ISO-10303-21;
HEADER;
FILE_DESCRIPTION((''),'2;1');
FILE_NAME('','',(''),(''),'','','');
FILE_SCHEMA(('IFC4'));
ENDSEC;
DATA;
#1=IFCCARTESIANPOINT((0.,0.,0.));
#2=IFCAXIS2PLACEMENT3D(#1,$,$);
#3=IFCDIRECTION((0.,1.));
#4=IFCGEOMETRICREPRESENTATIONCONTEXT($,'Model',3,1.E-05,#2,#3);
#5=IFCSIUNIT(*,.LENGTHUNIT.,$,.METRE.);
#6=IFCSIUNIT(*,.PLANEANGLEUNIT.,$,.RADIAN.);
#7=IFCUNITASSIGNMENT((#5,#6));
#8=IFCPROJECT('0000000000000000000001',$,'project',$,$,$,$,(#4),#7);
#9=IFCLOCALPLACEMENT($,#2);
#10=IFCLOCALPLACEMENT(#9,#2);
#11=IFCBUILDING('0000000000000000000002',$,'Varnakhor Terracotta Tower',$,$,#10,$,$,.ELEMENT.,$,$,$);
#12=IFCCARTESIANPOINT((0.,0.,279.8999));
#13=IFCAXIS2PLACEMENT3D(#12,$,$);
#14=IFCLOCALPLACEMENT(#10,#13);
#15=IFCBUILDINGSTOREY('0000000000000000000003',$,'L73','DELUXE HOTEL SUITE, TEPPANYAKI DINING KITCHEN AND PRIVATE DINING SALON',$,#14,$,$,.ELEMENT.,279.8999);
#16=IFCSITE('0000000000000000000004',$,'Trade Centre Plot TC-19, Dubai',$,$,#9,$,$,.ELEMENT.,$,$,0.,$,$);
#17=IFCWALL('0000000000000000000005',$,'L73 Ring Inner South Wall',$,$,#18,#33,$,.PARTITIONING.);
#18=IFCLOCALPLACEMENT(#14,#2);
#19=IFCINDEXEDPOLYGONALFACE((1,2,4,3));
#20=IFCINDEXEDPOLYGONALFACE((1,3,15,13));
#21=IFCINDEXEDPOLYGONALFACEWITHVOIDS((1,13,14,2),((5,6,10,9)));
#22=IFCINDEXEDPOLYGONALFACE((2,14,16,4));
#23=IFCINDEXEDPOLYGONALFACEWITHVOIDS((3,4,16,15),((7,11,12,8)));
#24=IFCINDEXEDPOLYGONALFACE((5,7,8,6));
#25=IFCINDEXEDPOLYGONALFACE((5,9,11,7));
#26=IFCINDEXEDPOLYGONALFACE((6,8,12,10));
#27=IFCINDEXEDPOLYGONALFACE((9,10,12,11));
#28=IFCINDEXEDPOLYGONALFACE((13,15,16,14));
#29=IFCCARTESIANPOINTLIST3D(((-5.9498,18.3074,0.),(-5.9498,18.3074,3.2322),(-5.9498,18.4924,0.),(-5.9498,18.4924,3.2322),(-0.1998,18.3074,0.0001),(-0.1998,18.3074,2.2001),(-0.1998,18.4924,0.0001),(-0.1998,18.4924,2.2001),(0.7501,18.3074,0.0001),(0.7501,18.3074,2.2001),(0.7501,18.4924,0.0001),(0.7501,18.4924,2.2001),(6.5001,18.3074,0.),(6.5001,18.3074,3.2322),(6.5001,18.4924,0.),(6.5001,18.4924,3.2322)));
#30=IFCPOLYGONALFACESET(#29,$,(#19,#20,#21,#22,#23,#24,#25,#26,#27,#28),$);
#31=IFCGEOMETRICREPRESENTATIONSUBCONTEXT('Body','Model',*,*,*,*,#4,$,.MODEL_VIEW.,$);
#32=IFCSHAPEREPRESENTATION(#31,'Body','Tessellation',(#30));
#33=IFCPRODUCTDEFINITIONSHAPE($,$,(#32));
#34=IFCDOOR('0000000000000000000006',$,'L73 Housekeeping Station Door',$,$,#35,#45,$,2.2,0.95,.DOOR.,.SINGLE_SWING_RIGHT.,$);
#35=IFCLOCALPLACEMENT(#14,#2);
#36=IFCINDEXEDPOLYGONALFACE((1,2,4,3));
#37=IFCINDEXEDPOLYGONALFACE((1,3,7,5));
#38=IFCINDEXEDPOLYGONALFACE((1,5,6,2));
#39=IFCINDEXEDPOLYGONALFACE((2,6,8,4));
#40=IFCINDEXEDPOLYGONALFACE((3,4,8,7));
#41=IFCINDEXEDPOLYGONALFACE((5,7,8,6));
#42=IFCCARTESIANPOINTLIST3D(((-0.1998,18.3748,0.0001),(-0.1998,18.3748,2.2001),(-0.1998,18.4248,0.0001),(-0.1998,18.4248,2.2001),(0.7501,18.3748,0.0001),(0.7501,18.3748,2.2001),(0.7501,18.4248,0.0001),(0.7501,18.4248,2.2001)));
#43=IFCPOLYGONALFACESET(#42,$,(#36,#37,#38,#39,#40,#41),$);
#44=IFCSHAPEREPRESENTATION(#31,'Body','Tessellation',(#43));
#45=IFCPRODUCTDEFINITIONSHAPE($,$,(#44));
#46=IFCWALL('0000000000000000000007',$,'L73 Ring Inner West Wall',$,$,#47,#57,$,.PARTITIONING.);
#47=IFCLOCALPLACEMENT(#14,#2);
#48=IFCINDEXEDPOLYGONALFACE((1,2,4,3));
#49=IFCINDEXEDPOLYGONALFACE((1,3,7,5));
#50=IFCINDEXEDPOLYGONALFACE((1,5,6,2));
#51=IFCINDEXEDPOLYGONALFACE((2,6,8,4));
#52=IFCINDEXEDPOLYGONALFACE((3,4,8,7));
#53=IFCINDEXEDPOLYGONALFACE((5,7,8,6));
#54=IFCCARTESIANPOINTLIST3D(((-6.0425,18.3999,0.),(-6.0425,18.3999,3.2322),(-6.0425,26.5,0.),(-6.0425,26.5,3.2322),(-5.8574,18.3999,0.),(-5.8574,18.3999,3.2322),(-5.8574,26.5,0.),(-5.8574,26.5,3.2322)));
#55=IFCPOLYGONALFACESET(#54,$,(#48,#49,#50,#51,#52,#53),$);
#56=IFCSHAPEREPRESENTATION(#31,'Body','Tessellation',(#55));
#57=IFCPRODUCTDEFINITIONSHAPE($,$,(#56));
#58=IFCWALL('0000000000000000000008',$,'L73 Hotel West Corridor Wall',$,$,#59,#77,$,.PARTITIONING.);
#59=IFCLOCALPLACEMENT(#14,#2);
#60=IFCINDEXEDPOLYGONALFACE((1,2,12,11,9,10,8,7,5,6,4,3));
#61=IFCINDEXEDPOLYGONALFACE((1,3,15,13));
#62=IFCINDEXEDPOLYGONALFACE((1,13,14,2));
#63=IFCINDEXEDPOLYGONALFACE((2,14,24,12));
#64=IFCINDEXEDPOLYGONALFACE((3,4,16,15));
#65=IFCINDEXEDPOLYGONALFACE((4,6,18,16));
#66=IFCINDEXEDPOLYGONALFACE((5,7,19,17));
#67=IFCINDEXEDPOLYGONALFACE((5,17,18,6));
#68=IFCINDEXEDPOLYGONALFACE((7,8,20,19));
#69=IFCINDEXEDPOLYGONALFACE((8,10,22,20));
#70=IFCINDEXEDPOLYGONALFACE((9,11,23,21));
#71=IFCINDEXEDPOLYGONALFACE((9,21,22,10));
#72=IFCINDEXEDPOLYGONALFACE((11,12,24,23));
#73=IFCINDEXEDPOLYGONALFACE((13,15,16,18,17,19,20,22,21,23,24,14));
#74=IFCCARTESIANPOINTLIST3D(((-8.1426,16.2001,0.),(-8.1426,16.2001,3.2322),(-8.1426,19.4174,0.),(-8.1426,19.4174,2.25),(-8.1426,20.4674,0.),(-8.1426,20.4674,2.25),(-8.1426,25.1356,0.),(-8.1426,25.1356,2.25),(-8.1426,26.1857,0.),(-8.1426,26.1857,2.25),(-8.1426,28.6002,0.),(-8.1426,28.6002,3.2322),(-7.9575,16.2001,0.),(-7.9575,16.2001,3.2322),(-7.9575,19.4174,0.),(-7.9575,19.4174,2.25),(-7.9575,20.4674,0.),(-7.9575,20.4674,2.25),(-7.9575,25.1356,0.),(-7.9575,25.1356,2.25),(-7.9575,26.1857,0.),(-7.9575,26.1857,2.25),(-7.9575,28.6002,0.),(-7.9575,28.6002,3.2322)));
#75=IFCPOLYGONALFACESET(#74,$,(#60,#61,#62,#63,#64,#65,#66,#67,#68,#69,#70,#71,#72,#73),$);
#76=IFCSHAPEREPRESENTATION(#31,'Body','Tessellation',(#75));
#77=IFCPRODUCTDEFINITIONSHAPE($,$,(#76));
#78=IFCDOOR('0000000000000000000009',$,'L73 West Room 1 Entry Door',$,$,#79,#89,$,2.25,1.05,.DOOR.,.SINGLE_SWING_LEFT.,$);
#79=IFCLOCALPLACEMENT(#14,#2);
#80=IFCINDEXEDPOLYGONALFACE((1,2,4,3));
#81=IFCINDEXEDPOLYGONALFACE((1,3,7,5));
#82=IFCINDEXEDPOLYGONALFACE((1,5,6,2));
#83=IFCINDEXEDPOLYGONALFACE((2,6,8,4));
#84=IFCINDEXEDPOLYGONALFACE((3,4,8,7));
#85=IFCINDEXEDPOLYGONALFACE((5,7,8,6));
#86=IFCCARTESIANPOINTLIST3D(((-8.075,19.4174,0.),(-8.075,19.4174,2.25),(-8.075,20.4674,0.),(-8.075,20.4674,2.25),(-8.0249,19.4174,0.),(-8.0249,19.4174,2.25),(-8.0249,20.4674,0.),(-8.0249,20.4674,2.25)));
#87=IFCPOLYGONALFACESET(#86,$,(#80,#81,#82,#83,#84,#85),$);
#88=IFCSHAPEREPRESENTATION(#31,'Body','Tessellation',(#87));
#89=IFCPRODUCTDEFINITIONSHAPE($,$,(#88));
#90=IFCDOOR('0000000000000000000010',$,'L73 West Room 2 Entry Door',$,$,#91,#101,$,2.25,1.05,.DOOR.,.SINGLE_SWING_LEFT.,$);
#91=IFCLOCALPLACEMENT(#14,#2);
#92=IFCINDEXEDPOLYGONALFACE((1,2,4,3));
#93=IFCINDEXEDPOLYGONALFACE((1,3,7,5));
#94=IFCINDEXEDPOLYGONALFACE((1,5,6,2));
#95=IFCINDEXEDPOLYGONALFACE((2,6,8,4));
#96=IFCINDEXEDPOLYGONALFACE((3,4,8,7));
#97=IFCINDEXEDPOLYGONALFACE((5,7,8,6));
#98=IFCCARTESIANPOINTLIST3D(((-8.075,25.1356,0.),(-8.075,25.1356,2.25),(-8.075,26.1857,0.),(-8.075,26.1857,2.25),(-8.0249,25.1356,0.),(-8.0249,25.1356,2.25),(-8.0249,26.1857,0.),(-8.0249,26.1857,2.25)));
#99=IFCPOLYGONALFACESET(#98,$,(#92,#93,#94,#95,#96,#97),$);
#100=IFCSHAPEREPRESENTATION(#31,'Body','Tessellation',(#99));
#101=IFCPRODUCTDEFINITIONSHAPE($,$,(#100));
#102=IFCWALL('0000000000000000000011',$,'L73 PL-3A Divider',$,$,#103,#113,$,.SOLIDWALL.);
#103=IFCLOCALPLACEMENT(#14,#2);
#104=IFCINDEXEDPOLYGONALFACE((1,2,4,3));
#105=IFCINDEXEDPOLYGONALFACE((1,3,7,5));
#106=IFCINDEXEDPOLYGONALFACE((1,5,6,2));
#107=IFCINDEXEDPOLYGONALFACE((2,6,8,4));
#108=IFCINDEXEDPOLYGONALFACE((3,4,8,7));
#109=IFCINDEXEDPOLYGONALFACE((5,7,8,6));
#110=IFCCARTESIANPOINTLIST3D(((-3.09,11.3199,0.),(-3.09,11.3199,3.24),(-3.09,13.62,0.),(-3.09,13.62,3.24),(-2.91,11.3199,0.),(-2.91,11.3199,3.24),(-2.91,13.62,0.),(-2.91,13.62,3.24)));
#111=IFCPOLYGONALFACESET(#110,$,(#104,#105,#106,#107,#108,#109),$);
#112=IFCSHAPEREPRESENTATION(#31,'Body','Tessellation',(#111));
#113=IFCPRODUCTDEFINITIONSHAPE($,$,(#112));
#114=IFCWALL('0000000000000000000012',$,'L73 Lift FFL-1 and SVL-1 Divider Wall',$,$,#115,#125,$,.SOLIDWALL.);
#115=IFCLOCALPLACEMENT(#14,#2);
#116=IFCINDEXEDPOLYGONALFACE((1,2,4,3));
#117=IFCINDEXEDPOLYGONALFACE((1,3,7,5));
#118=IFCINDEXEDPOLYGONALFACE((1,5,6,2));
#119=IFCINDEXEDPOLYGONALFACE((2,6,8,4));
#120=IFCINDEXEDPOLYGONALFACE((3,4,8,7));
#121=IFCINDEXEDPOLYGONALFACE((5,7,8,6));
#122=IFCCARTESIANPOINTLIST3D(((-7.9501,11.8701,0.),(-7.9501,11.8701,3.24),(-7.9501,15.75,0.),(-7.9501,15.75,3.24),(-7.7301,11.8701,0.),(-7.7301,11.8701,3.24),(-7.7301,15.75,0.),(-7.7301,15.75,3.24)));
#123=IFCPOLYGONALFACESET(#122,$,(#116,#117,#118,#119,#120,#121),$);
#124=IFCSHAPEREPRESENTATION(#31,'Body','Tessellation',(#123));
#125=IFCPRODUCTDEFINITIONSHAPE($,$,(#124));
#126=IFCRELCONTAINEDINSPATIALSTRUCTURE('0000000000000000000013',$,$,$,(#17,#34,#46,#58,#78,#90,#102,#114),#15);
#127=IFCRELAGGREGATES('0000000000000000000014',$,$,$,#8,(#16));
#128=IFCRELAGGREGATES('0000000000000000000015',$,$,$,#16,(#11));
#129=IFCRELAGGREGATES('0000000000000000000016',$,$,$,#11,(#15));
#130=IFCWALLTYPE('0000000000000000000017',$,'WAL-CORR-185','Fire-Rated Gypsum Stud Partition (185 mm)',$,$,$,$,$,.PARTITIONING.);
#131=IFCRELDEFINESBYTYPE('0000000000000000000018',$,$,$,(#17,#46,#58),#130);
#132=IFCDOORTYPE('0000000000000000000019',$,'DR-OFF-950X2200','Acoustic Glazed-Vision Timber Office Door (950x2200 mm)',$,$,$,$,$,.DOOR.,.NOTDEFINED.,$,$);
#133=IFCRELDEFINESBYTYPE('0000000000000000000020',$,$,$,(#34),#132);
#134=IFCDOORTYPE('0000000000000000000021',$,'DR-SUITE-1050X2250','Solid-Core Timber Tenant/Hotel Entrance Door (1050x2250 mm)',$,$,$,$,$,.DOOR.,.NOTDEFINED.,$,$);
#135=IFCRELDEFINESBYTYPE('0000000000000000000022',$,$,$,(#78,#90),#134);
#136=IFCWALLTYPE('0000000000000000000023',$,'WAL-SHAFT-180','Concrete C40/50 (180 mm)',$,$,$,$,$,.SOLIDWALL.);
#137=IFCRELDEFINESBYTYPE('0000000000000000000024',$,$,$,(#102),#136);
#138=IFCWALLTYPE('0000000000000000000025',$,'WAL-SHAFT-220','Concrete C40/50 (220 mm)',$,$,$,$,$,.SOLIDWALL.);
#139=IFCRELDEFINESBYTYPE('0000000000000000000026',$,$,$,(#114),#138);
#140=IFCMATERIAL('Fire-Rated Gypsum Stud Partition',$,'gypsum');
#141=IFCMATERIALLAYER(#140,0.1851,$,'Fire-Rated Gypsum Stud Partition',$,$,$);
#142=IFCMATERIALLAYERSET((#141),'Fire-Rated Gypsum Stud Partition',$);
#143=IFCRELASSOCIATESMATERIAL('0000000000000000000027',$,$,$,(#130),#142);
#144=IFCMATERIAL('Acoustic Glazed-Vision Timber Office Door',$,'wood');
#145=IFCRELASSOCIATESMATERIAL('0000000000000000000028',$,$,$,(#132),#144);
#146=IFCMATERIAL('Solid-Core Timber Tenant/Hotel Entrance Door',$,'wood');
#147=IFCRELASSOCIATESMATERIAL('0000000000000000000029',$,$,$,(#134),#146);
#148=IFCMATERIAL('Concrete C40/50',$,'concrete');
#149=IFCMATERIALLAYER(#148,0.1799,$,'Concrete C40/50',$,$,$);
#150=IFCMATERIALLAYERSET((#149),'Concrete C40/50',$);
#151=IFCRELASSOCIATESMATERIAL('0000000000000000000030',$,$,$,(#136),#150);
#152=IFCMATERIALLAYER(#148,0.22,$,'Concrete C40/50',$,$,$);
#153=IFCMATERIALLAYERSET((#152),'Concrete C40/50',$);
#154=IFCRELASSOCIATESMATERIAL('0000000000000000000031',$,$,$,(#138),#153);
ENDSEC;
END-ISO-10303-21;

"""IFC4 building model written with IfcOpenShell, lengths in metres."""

from ifc_helpers import new_model, si_unit, direction, frame, frame_2d, origin, place, context, subcontext, project, spatial, rectangle, extrude, source, transform, mapped, material, layer, layer_set, type_object, type_shapes, element, fill, save


model = new_model("IFC4")

# Units and contexts
model_context = context("Model", 3, precision=1e-05, world=origin(), true_north=direction((0.0, 1.0)))
body_context = subcontext(model_context, "Body", "Model", "MODEL_VIEW")
ifc_project = project(units=[si_unit("LENGTHUNIT", "METRE"), si_unit("PLANEANGLEUNIT", "RADIAN")], contexts=[model_context])

# Site, building, storey
site_placement = place(None, origin())
site = spatial("IfcSite", under=ifc_project, at=site_placement, Name="Trade Centre Plot TC-19, Dubai", CompositionType="ELEMENT", RefElevation=0.0)
building_placement = place(site_placement, origin())
building = spatial("IfcBuilding", under=site, at=building_placement, Name="Varnakhor Terracotta Tower", CompositionType="ELEMENT")
storey_placement = place(building_placement, frame((0.0, 0.0, 279.8999)))
storey = spatial("IfcBuildingStorey", under=building, at=storey_placement, Name="L73", Description="DELUXE HOTEL SUITE, TEPPANYAKI DINING KITCHEN AND PRIVATE DINING SALON", CompositionType="ELEMENT", Elevation=279.8999)

# Wall, opening, door
ifc_material_1 = material(Name="Fire-Rated Gypsum Stud Partition", Category="gypsum")
ifc_layer_1 = layer(ifc_material_1, 0.1851, Name="Fire-Rated Gypsum Stud Partition")
ifc_layer_set_1 = layer_set([ifc_layer_1], Name="Fire-Rated Gypsum Stud Partition")
wall_type_1 = type_object("IfcWallType", Name="WAL-CORR-185", Description="Fire-Rated Gypsum Stud Partition (185 mm)", PredefinedType="PARTITIONING", material=ifc_layer_set_1)
wall_1_placement = place(storey_placement, frame((-5.95, 18.3999, 0.0), z_axis=(0.0, 0.0, 1.0), x_axis=(1.0, 0.0, 0.0)))
wall_1 = element("IfcWall", 1, at=wall_1_placement, inside=storey, type_object=wall_type_1, Name="L73 Ring Inner South Wall", PredefinedType="PARTITIONING", context=body_context, shape_type="SweptSolid", body=[
    extrude(rectangle(XDim=12.45, YDim=0.1851, at=frame_2d((6.2251, 0.0))), origin(), (0.0, 0.0, 1.0), 3.2322),
])
opening_1_placement = place(wall_1_placement, frame((5.75, 0.0, 0.0)))
opening_1 = element("IfcOpeningElement", 2, at=opening_1_placement, cuts=wall_1, PredefinedType="OPENING", context=body_context, shape_type="SweptSolid", body=[
    extrude(rectangle(XDim=0.95, YDim=2.2, at=frame_2d((0.4751, 1.1001))), frame((0.0, 0.1025, 0.0), z_axis=(0.0, -1.0, 0.0), x_axis=(1.0, 0.0, 0.0)), (0.0, 0.0, 1.0), 0.2051),
])
ifc_material_2 = material(Name="Acoustic Glazed-Vision Timber Office Door", Category="wood")
door_type_1 = type_object("IfcDoorType", Name="DR-OFF-950X2200", Description="Acoustic Glazed-Vision Timber Office Door (950x2200 mm)", OperationType="NOTDEFINED", PredefinedType="DOOR", material=ifc_material_2)
shared_shape_1 = source(origin(), body_context, "Body", "SweptSolid", [
    extrude(rectangle(XDim=0.95, YDim=2.2, at=frame_2d((0.4751, 1.1001))), frame((0.0, 0.0249, 0.0), z_axis=(0.0, -1.0, 0.0), x_axis=(1.0, 0.0, 0.0)), (0.0, 0.0, 1.0), 0.05),
])
type_shapes(door_type_1, [shared_shape_1])
door_1_placement = place(opening_1_placement, origin())
door_1 = element("IfcDoor", 3, at=door_1_placement, inside=storey, type_object=door_type_1, Name="L73 Housekeeping Station Door", OperationType="SINGLE_SWING_RIGHT", OverallHeight=2.2, OverallWidth=0.95, PredefinedType="DOOR", context=body_context, shape_type="MappedRepresentation", body=[
    mapped(shared_shape_1, transform((0.0, 0.0, 0.0), scale=1.0)),
])
fill(opening_1, door_1)

# Wall
wall_2_placement = place(storey_placement, frame((-5.95, 18.3999, 0.0), z_axis=(0.0, 0.0, 1.0), x_axis=(0.0, 1.0, 0.0)))
element("IfcWall", 4, at=wall_2_placement, inside=storey, type_object=wall_type_1, Name="L73 Ring Inner West Wall", PredefinedType="PARTITIONING", context=body_context, shape_type="SweptSolid", body=[
    extrude(rectangle(XDim=8.1001, YDim=0.1851, at=frame_2d((4.05, 0.0))), origin(), (0.0, 0.0, 1.0), 3.2322),
])

# Wall, openings, doors
wall_3_placement = place(storey_placement, frame((-8.05, 16.2, 0.0), z_axis=(0.0, 0.0, 1.0), x_axis=(0.0, 1.0, 0.0)))
wall_3 = element("IfcWall", 5, at=wall_3_placement, inside=storey, type_object=wall_type_1, Name="L73 Hotel West Corridor Wall", PredefinedType="PARTITIONING", context=body_context, shape_type="SweptSolid", body=[
    extrude(rectangle(XDim=12.4001, YDim=0.1851, at=frame_2d((6.2002, 0.0))), origin(), (0.0, 0.0, 1.0), 3.2322),
])
opening_2_placement = place(wall_3_placement, frame((3.2175, 0.0, 0.0)))
opening_2 = element("IfcOpeningElement", 6, at=opening_2_placement, cuts=wall_3, PredefinedType="OPENING", context=body_context, shape_type="SweptSolid", body=[
    extrude(rectangle(XDim=1.05, YDim=2.25, at=frame_2d((0.5249, 1.125))), frame((0.0, 0.1025, 0.0), z_axis=(0.0, -1.0, 0.0), x_axis=(1.0, 0.0, 0.0)), (0.0, 0.0, 1.0), 0.2051),
])
opening_3_placement = place(wall_3_placement, frame((8.9358, 0.0, 0.0)))
opening_3 = element("IfcOpeningElement", 7, at=opening_3_placement, cuts=wall_3, PredefinedType="OPENING", context=body_context, shape_type="SweptSolid", body=[
    extrude(rectangle(XDim=1.05, YDim=2.25, at=frame_2d((0.5249, 1.125))), frame((0.0, 0.1025, 0.0), z_axis=(0.0, -1.0, 0.0), x_axis=(1.0, 0.0, 0.0)), (0.0, 0.0, 1.0), 0.2051),
])
ifc_material_3 = material(Name="Solid-Core Timber Tenant/Hotel Entrance Door", Category="wood")
door_type_2 = type_object("IfcDoorType", Name="DR-SUITE-1050X2250", Description="Solid-Core Timber Tenant/Hotel Entrance Door (1050x2250 mm)", OperationType="NOTDEFINED", PredefinedType="DOOR", material=ifc_material_3)
shared_shape_2 = source(origin(), body_context, "Body", "SweptSolid", [
    extrude(rectangle(XDim=1.05, YDim=2.25, at=frame_2d((0.5249, 1.125))), frame((0.0, 0.0249, 0.0), z_axis=(0.0, -1.0, 0.0), x_axis=(1.0, 0.0, 0.0)), (0.0, 0.0, 1.0), 0.05),
])
type_shapes(door_type_2, [shared_shape_2])
door_2_placement = place(opening_2_placement, origin())
door_2 = element("IfcDoor", 8, at=door_2_placement, inside=storey, type_object=door_type_2, Name="L73 West Room 1 Entry Door", OperationType="SINGLE_SWING_LEFT", OverallHeight=2.25, OverallWidth=1.05, PredefinedType="DOOR", context=body_context, shape_type="MappedRepresentation", body=[
    mapped(shared_shape_2, transform((0.0, 0.0, 0.0), scale=1.0)),
])
fill(opening_2, door_2)
door_3_placement = place(opening_3_placement, origin())
door_3 = element("IfcDoor", 9, at=door_3_placement, inside=storey, type_object=door_type_2, Name="L73 West Room 2 Entry Door", OperationType="SINGLE_SWING_LEFT", OverallHeight=2.25, OverallWidth=1.05, PredefinedType="DOOR", context=body_context, shape_type="MappedRepresentation", body=[
    mapped(shared_shape_2, transform((0.0, 0.0, 0.0), scale=1.0)),
])
fill(opening_3, door_3)

# Walls
ifc_material_4 = material(Name="Concrete C40/50", Category="concrete")
ifc_layer_2 = layer(ifc_material_4, 0.1799, Name="Concrete C40/50")
ifc_layer_set_2 = layer_set([ifc_layer_2], Name="Concrete C40/50")
wall_type_2 = type_object("IfcWallType", Name="WAL-SHAFT-180", Description="Concrete C40/50 (180 mm)", PredefinedType="SOLIDWALL", material=ifc_layer_set_2)
wall_4_placement = place(storey_placement, frame((-3.0, 11.3201, 0.0), z_axis=(0.0, 0.0, 1.0), x_axis=(0.0, 1.0, 0.0)))
element("IfcWall", 10, at=wall_4_placement, inside=storey, type_object=wall_type_2, Name="L73 PL-3A Divider", PredefinedType="SOLIDWALL", context=body_context, shape_type="SweptSolid", body=[
    extrude(rectangle(XDim=2.3, YDim=0.1799, at=frame_2d((1.1499, 0.0))), origin(), (0.0, 0.0, 1.0), 3.24),
])
ifc_layer_3 = layer(ifc_material_4, 0.22, Name="Concrete C40/50")
ifc_layer_set_3 = layer_set([ifc_layer_3], Name="Concrete C40/50")
wall_type_3 = type_object("IfcWallType", Name="WAL-SHAFT-220", Description="Concrete C40/50 (220 mm)", PredefinedType="SOLIDWALL", material=ifc_layer_set_3)
wall_5_placement = place(storey_placement, frame((-7.8401, 11.8701, 0.0), z_axis=(0.0, 0.0, 1.0), x_axis=(0.0, 1.0, 0.0)))
element("IfcWall", 11, at=wall_5_placement, inside=storey, type_object=wall_type_3, Name="L73 Lift FFL-1 and SVL-1 Divider Wall", PredefinedType="SOLIDWALL", context=body_context, shape_type="SweptSolid", body=[
    extrude(rectangle(XDim=3.8799, YDim=0.22, at=frame_2d((1.9399, 0.0))), origin(), (0.0, 0.0, 1.0), 3.24),
])

save(model, "model.ifc")
